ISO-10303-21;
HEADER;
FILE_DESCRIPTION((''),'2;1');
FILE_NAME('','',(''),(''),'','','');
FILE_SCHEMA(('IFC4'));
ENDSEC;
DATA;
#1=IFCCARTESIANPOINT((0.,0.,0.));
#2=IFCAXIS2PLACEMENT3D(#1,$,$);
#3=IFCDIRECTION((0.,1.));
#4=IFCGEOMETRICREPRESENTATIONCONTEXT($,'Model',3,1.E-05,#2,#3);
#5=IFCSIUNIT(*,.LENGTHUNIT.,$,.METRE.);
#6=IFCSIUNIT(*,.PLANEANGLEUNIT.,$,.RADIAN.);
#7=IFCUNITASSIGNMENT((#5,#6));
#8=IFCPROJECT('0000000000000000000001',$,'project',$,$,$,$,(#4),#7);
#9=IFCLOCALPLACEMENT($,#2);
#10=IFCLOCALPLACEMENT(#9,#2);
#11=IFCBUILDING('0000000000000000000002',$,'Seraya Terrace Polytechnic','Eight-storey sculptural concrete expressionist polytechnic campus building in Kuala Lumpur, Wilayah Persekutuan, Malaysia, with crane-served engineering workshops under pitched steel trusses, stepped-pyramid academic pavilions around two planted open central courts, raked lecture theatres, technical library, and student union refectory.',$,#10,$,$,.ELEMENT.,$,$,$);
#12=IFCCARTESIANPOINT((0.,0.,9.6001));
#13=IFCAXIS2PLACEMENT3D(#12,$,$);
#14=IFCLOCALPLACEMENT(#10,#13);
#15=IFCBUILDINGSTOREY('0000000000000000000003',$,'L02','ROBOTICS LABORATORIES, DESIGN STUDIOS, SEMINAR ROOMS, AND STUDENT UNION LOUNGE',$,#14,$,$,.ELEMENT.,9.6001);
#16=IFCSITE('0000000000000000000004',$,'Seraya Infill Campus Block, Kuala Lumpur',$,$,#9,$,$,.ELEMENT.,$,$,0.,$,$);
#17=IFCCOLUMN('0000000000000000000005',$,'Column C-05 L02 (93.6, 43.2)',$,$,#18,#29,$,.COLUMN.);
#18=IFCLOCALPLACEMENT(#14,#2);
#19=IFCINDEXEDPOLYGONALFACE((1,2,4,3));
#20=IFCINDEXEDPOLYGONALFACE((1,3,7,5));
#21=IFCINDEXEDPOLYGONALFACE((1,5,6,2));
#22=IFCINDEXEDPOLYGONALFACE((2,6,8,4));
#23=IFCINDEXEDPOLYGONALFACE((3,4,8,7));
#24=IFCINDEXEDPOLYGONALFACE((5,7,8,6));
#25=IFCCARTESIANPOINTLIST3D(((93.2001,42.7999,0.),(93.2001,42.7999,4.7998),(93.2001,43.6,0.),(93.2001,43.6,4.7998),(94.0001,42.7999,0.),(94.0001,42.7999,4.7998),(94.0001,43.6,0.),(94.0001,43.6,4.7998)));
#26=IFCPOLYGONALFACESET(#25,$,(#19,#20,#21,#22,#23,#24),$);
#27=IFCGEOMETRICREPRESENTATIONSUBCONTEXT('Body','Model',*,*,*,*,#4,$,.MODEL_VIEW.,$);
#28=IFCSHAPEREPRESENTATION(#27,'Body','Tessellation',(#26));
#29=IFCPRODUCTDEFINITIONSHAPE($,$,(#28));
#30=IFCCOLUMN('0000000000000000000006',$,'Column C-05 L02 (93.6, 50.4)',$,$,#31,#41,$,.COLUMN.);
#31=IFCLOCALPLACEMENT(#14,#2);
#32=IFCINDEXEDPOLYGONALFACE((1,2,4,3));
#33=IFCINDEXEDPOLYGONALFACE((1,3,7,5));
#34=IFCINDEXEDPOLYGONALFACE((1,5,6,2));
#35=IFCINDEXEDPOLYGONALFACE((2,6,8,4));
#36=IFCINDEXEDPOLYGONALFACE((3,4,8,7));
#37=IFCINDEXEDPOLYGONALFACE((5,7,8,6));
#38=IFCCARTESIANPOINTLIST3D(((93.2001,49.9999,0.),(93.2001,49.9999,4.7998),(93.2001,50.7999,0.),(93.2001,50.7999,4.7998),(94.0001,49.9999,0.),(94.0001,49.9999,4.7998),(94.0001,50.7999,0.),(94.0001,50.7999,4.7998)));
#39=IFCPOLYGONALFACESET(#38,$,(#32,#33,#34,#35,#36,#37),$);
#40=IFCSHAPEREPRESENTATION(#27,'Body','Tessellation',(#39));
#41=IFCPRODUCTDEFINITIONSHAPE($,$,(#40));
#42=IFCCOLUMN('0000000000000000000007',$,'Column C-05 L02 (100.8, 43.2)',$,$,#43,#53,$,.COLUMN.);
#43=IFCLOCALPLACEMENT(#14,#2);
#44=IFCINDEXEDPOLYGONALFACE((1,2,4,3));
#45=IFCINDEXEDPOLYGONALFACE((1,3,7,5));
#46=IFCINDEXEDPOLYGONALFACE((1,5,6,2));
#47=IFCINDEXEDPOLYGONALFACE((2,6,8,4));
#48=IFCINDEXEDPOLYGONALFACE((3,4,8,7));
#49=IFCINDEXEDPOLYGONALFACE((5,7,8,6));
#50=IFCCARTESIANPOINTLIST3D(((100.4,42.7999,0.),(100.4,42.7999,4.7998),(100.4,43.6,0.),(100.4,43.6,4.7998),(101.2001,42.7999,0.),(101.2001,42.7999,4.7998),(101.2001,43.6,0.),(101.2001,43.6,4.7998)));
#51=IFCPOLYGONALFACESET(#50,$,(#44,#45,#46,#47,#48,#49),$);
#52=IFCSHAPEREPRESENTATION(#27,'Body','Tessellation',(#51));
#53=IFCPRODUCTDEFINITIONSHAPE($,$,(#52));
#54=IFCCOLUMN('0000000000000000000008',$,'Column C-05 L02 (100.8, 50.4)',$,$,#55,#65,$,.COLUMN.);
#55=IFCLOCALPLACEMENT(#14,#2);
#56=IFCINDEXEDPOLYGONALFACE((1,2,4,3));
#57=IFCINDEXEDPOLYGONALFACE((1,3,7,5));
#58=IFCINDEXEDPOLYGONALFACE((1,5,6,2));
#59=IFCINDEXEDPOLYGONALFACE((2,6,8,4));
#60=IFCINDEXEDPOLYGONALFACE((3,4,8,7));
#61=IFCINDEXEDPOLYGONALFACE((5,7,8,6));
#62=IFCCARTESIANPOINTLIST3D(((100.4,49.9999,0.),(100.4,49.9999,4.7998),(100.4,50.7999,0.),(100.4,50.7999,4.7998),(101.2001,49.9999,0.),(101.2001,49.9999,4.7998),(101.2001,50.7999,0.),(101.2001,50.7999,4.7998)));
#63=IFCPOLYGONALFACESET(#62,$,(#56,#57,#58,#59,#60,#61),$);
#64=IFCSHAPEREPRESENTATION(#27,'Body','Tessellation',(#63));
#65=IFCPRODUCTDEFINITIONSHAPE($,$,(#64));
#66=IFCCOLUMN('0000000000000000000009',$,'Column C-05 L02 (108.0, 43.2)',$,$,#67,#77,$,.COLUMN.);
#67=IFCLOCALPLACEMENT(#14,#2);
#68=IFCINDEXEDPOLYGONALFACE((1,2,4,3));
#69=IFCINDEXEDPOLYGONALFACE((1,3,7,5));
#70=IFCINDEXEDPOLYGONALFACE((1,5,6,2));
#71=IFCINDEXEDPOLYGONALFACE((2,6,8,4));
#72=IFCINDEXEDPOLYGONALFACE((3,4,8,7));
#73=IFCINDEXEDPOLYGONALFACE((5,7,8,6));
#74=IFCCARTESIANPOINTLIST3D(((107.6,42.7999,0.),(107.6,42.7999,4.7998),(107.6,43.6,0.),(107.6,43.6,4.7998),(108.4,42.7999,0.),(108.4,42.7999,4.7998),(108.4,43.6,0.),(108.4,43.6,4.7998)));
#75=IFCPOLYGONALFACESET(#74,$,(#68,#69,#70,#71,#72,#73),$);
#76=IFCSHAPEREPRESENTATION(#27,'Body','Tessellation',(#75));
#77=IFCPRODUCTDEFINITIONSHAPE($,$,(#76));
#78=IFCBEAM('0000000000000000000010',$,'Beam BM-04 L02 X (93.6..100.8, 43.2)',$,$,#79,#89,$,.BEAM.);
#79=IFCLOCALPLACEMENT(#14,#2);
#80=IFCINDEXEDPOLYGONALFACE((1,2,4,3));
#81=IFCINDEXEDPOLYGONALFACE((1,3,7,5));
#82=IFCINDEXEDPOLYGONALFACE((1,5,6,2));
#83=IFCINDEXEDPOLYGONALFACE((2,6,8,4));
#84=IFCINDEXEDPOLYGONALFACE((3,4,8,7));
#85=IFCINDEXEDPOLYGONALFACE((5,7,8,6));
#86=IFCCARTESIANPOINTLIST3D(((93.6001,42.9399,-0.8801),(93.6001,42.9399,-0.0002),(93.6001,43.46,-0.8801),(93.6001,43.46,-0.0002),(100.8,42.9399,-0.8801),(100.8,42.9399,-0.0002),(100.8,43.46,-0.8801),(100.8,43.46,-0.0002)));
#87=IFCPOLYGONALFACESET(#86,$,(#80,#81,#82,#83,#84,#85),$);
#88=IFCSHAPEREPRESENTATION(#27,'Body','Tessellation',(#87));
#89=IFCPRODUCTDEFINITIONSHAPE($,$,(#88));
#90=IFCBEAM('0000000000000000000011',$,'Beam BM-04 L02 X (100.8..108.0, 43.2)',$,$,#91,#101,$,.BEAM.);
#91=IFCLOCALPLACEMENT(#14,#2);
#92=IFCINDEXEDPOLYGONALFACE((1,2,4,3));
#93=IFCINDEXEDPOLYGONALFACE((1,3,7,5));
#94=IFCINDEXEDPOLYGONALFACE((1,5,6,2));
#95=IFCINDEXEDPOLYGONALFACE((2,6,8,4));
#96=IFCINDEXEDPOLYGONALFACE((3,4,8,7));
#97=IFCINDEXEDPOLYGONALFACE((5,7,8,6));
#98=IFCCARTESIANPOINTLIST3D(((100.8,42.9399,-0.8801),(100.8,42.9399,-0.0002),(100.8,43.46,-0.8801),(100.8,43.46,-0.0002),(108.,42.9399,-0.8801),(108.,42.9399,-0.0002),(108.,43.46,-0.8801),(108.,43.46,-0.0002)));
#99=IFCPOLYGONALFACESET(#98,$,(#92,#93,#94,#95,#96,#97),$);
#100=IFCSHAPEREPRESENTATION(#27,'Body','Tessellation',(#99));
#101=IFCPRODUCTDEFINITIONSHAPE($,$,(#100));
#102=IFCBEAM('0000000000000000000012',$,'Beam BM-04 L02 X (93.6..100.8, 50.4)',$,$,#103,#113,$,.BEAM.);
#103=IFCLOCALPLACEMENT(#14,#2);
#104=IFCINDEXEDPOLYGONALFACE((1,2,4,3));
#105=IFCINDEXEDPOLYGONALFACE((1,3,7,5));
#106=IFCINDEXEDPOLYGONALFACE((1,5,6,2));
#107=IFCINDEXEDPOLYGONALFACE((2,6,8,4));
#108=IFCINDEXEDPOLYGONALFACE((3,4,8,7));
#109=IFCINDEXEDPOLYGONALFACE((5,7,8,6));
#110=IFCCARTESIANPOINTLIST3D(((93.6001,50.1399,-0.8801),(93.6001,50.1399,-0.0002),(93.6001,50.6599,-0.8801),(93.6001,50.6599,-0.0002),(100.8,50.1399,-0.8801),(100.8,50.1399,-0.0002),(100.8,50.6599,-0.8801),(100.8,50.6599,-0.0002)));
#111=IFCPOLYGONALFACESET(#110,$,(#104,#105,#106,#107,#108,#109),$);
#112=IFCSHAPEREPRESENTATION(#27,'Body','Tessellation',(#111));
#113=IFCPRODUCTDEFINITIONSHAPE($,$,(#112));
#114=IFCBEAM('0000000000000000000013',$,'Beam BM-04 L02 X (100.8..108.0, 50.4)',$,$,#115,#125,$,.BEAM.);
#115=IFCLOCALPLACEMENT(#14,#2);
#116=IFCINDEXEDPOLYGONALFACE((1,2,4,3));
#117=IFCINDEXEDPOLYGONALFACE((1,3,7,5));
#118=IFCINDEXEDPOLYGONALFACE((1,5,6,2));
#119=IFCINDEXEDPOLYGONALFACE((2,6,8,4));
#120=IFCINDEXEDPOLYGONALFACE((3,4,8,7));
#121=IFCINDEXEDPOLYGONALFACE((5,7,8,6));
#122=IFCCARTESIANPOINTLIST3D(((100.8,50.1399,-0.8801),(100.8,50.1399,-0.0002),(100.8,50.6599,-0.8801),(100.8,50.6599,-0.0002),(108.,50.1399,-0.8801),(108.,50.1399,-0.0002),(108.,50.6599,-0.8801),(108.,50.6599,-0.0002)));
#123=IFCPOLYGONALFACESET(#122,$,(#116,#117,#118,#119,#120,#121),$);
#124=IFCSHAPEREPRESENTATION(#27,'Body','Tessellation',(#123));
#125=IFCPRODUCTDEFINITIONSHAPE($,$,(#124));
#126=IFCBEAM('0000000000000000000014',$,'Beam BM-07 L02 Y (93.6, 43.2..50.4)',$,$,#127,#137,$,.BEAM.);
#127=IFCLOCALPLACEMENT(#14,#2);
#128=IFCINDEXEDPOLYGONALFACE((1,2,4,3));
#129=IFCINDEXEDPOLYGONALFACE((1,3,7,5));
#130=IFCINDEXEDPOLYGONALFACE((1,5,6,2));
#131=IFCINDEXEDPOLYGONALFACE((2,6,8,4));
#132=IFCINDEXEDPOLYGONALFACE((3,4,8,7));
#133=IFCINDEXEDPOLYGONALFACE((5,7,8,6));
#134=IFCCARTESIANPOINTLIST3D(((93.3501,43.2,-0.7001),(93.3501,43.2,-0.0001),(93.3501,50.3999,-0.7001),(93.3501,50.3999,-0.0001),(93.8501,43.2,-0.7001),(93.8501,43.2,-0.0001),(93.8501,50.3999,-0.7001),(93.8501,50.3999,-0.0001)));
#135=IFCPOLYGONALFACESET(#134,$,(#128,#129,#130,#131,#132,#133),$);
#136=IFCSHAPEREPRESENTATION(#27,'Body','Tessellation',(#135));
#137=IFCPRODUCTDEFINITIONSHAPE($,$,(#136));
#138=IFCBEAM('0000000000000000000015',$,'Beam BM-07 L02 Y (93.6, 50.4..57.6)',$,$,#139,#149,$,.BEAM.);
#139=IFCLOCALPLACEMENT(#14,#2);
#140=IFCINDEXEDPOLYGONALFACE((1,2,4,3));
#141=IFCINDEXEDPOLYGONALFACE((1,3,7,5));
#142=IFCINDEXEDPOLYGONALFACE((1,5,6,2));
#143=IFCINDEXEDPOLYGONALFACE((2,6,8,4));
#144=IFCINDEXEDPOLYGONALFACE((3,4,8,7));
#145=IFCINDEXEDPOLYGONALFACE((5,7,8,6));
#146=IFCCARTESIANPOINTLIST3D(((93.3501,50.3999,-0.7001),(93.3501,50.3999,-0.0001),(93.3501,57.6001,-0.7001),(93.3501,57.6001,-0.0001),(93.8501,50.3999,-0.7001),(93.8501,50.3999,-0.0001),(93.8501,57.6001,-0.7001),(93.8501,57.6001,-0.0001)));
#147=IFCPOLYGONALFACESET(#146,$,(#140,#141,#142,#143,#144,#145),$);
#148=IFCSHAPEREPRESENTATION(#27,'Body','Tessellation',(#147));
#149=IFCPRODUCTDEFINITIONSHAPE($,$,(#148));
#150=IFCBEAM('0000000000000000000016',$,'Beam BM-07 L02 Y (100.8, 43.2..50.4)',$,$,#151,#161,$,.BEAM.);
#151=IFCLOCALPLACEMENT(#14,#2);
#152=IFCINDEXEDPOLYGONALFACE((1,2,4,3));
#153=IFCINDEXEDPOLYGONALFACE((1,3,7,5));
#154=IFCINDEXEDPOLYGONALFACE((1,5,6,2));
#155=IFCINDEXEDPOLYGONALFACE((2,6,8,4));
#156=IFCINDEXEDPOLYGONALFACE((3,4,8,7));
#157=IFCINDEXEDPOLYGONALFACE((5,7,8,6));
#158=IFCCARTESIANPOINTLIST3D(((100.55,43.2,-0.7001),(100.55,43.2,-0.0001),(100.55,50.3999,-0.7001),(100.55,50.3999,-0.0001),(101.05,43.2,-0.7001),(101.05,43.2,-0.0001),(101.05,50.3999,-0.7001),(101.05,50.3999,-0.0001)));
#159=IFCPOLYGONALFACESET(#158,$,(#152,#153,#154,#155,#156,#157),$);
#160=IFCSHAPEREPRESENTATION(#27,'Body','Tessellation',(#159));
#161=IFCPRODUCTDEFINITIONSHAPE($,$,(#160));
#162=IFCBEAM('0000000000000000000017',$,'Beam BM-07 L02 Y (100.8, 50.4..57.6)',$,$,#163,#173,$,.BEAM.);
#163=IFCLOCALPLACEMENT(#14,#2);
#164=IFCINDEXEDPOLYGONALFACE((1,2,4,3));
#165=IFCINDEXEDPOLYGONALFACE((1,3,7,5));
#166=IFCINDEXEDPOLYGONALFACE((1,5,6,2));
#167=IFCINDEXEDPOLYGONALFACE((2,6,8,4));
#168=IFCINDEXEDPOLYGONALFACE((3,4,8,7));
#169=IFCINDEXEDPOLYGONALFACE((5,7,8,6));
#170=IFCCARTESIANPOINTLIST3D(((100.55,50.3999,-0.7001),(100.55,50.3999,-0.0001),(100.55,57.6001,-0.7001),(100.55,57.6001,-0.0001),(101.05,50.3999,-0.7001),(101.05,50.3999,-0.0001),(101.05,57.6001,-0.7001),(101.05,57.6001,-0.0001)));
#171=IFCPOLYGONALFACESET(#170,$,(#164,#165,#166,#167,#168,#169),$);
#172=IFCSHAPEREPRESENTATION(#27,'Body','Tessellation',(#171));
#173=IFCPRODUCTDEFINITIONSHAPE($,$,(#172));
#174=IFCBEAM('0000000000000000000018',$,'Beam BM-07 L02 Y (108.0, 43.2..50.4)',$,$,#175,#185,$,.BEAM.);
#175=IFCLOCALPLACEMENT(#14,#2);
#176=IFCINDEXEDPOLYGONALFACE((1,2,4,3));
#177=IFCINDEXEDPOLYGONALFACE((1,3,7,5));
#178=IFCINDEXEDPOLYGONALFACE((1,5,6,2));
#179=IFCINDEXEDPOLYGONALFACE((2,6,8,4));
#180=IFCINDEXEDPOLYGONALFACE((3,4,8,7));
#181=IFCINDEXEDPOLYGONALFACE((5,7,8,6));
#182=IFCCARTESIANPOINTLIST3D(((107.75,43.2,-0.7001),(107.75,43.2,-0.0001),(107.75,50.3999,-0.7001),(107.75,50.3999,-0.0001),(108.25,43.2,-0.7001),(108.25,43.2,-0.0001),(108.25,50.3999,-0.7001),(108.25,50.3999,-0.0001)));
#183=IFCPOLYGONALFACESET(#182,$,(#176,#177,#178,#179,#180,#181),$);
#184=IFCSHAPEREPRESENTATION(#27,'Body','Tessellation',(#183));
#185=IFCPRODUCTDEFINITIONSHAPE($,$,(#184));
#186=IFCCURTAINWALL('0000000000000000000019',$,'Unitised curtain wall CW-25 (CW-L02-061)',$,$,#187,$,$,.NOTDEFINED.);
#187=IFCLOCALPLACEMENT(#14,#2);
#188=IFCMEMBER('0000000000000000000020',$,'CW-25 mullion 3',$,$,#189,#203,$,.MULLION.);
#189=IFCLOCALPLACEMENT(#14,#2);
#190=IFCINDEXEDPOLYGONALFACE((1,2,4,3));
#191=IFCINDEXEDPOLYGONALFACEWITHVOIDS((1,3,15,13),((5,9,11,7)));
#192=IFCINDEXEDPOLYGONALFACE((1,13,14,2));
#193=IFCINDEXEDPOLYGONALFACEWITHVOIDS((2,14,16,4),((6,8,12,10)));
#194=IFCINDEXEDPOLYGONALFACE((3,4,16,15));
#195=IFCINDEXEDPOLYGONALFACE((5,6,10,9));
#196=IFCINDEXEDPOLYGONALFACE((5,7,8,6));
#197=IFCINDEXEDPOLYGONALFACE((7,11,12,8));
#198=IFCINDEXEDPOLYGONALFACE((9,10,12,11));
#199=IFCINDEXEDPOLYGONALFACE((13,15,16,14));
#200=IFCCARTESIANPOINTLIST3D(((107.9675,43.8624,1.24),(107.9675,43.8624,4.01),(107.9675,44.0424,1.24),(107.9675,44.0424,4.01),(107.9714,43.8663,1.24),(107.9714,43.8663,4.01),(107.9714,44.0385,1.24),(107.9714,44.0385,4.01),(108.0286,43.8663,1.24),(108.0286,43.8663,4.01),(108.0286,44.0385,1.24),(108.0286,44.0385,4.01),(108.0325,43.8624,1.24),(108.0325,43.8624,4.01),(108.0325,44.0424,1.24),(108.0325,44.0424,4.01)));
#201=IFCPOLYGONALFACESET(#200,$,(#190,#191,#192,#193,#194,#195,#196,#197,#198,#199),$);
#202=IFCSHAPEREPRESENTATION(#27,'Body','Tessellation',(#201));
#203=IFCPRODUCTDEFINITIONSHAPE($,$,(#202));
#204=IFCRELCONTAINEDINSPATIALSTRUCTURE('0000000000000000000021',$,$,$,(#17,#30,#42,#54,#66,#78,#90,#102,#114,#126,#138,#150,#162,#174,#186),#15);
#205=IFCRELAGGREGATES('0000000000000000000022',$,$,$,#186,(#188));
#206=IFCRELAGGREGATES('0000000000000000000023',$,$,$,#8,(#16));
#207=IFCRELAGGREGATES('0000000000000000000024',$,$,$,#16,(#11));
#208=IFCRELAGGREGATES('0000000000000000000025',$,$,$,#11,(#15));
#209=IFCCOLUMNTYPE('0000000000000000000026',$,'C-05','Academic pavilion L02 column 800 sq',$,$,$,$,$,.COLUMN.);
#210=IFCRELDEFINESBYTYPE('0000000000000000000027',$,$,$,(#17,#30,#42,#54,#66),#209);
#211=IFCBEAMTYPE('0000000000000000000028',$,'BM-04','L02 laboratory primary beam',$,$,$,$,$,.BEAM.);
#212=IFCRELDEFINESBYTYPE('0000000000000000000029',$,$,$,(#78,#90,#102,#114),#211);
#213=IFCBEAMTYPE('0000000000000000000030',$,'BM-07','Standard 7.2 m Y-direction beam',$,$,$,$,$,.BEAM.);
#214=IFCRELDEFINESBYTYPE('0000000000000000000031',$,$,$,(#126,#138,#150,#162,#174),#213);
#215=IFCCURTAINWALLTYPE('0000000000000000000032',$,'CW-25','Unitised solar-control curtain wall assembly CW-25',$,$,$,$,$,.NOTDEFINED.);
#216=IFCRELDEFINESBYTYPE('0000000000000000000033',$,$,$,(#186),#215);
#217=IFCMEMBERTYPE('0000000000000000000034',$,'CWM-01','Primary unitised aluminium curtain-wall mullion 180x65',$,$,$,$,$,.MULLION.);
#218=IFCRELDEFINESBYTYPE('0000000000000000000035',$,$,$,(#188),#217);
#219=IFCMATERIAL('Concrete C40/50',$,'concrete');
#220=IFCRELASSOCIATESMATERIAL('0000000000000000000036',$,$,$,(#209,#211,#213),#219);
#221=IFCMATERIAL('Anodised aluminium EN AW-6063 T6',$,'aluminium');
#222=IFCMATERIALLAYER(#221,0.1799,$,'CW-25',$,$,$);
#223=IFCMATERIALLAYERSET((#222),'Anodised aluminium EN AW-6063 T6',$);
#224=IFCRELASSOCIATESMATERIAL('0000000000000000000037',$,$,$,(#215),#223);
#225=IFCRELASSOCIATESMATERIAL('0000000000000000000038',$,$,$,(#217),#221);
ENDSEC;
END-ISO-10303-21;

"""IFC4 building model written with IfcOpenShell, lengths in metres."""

from ifc_helpers import new_model, si_unit, direction, frame, origin, origin_2d, place, context, subcontext, project, spatial, rectangle, hollow_rectangle, extrude, material, layer, layer_set, material_profile, profile_set, type_object, element, aggregate, save


model = new_model("IFC4")

# Units and contexts
model_context = context("Model", 3, precision=1e-05, world=origin(), true_north=direction((0.0, 1.0)))
body_context = subcontext(model_context, "Body", "Model", "MODEL_VIEW")
ifc_project = project(units=[si_unit("LENGTHUNIT", "METRE"), si_unit("PLANEANGLEUNIT", "RADIAN")], contexts=[model_context])

# Site, building, storey
site_placement = place(None, origin())
site = spatial("IfcSite", under=ifc_project, at=site_placement, Name="Seraya Infill Campus Block, Kuala Lumpur", CompositionType="ELEMENT", RefElevation=0.0)
building_placement = place(site_placement, origin())
building = spatial("IfcBuilding", under=site, at=building_placement, Name="Seraya Terrace Polytechnic", Description="Eight-storey sculptural concrete expressionist polytechnic campus building in Kuala Lumpur, Wilayah Persekutuan, Malaysia, with crane-served engineering workshops under pitched steel trusses, stepped-pyramid academic pavilions around two planted open central courts, raked lecture theatres, technical library, and student union refectory.", CompositionType="ELEMENT")
storey_placement = place(building_placement, frame((0.0, 0.0, 9.6001)))
storey = spatial("IfcBuildingStorey", under=building, at=storey_placement, Name="L02", Description="ROBOTICS LABORATORIES, DESIGN STUDIOS, SEMINAR ROOMS, AND STUDENT UNION LOUNGE", CompositionType="ELEMENT", Elevation=9.6001)

# Columns
ifc_material_1 = material(Name="Concrete C40/50", Category="concrete")
ifc_material_profile_1 = material_profile(ifc_material_1, rectangle(XDim=0.8, YDim=0.8, at=origin_2d()), Name="RC 800x800")
ifc_profile_set_1 = profile_set([ifc_material_profile_1], Name="Concrete C40/50")
column_type = type_object("IfcColumnType", Name="C-05", Description="Academic pavilion L02 column 800 sq", PredefinedType="COLUMN", material=ifc_profile_set_1)
for number, where, z_axis, x_axis, name in (
    (1, (93.6001, 43.2, 0.0), (0.0, 0.0, 1.0), (1.0, 0.0, 0.0), "Column C-05 L02 (93.6, 43.2)"),
    (2, (93.6001, 50.3999, 0.0), (0.0, 0.0, 1.0), (1.0, 0.0, 0.0), "Column C-05 L02 (93.6, 50.4)"),
    (3, (100.8, 43.2, 0.0), (0.0, 0.0, 1.0), (1.0, 0.0, 0.0), "Column C-05 L02 (100.8, 43.2)"),
    (4, (100.8, 50.3999, 0.0), (0.0, 0.0, 1.0), (1.0, 0.0, 0.0), "Column C-05 L02 (100.8, 50.4)"),
    (5, (108.0, 43.2, 0.0), (0.0, 0.0, 1.0), (1.0, 0.0, 0.0), "Column C-05 L02 (108.0, 43.2)"),
):
    element("IfcColumn", number, at=place(storey_placement, frame(where, z_axis=z_axis, x_axis=x_axis)), inside=storey, type_object=column_type, Name=name, PredefinedType="COLUMN", context=body_context, shape_type="SweptSolid", body=[
        extrude(rectangle(XDim=0.8, YDim=0.8, at=origin_2d()), origin(), (0.0, 0.0, 1.0), 4.7998),
    ])

# Beams
ifc_material_profile_2 = material_profile(ifc_material_1, rectangle(XDim=0.52, YDim=0.8799, at=origin_2d()), Name="RC 520x880")
ifc_profile_set_2 = profile_set([ifc_material_profile_2], Name="Concrete C40/50")
beam_type_1 = type_object("IfcBeamType", Name="BM-04", Description="L02 laboratory primary beam", PredefinedType="BEAM", material=ifc_profile_set_2)
for number, where, z_axis, x_axis, name in (
    (6, (93.6001, 43.2, -0.4402), (1.0, 0.0, 0.0), (0.0, 1.0, 0.0), "Beam BM-04 L02 X (93.6..100.8, 43.2)"),
    (7, (100.8, 43.2, -0.4402), (1.0, 0.0, 0.0), (0.0, 1.0, 0.0), "Beam BM-04 L02 X (100.8..108.0, 43.2)"),
    (8, (93.6001, 50.3999, -0.4402), (1.0, 0.0, 0.0), (0.0, 1.0, 0.0), "Beam BM-04 L02 X (93.6..100.8, 50.4)"),
    (9, (100.8, 50.3999, -0.4402), (1.0, 0.0, 0.0), (0.0, 1.0, 0.0), "Beam BM-04 L02 X (100.8..108.0, 50.4)"),
):
    element("IfcBeam", number, at=place(storey_placement, frame(where, z_axis=z_axis, x_axis=x_axis)), inside=storey, type_object=beam_type_1, Name=name, PredefinedType="BEAM", context=body_context, shape_type="SweptSolid", body=[
        extrude(rectangle(XDim=0.52, YDim=0.8799, at=origin_2d()), origin(), (0.0, 0.0, 1.0), 7.2),
    ])
ifc_material_profile_3 = material_profile(ifc_material_1, rectangle(XDim=0.5, YDim=0.7, at=origin_2d()), Name="RC 500x700")
ifc_profile_set_3 = profile_set([ifc_material_profile_3], Name="Concrete C40/50")
beam_type_2 = type_object("IfcBeamType", Name="BM-07", Description="Standard 7.2 m Y-direction beam", PredefinedType="BEAM", material=ifc_profile_set_3)
beam_1_placement = place(storey_placement, frame((93.6001, 43.2, -0.3501), z_axis=(0.0, 1.0, 0.0), x_axis=(-1.0, 0.0, 0.0)))
element("IfcBeam", 10, at=beam_1_placement, inside=storey, type_object=beam_type_2, Name="Beam BM-07 L02 Y (93.6, 43.2..50.4)", PredefinedType="BEAM", context=body_context, shape_type="SweptSolid", body=[
    extrude(rectangle(XDim=0.5, YDim=0.7, at=origin_2d()), origin(), (0.0, 0.0, 1.0), 7.2),
])
beam_2_placement = place(storey_placement, frame((93.6001, 50.3999, -0.3501), z_axis=(0.0, 1.0, 0.0), x_axis=(-1.0, 0.0, 0.0)))
element("IfcBeam", 11, at=beam_2_placement, inside=storey, type_object=beam_type_2, Name="Beam BM-07 L02 Y (93.6, 50.4..57.6)", PredefinedType="BEAM", context=body_context, shape_type="SweptSolid", body=[
    extrude(rectangle(XDim=0.5, YDim=0.7, at=origin_2d()), origin(), (0.0, 0.0, 1.0), 7.2002),
])
beam_3_placement = place(storey_placement, frame((100.8, 43.2, -0.3501), z_axis=(0.0, 1.0, 0.0), x_axis=(-1.0, 0.0, 0.0)))
element("IfcBeam", 12, at=beam_3_placement, inside=storey, type_object=beam_type_2, Name="Beam BM-07 L02 Y (100.8, 43.2..50.4)", PredefinedType="BEAM", context=body_context, shape_type="SweptSolid", body=[
    extrude(rectangle(XDim=0.5, YDim=0.7, at=origin_2d()), origin(), (0.0, 0.0, 1.0), 7.2),
])
beam_4_placement = place(storey_placement, frame((100.8, 50.3999, -0.3501), z_axis=(0.0, 1.0, 0.0), x_axis=(-1.0, 0.0, 0.0)))
element("IfcBeam", 13, at=beam_4_placement, inside=storey, type_object=beam_type_2, Name="Beam BM-07 L02 Y (100.8, 50.4..57.6)", PredefinedType="BEAM", context=body_context, shape_type="SweptSolid", body=[
    extrude(rectangle(XDim=0.5, YDim=0.7, at=origin_2d()), origin(), (0.0, 0.0, 1.0), 7.2002),
])
beam_5_placement = place(storey_placement, frame((108.0, 43.2, -0.3501), z_axis=(0.0, 1.0, 0.0), x_axis=(-1.0, 0.0, 0.0)))
element("IfcBeam", 14, at=beam_5_placement, inside=storey, type_object=beam_type_2, Name="Beam BM-07 L02 Y (108.0, 43.2..50.4)", PredefinedType="BEAM", context=body_context, shape_type="SweptSolid", body=[
    extrude(rectangle(XDim=0.5, YDim=0.7, at=origin_2d()), origin(), (0.0, 0.0, 1.0), 7.2),
])

# Curtain wall, member
ifc_material_2 = material(Name="Anodised aluminium EN AW-6063 T6", Category="aluminium")
ifc_layer_1 = layer(ifc_material_2, 0.1799, Name="CW-25")
ifc_layer_set_1 = layer_set([ifc_layer_1], Name="Anodised aluminium EN AW-6063 T6")
curtain_wall_type = type_object("IfcCurtainWallType", Name="CW-25", Description="Unitised solar-control curtain wall assembly CW-25", PredefinedType="NOTDEFINED", material=ifc_layer_set_1)
curtain_wall_placement = place(storey_placement, origin())
curtain_wall = element("IfcCurtainWall", 15, at=curtain_wall_placement, inside=storey, type_object=curtain_wall_type, Name="Unitised curtain wall CW-25 (CW-L02-061)", PredefinedType="NOTDEFINED")
ifc_material_profile_4 = material_profile(ifc_material_2, hollow_rectangle(XDim=0.0649, YDim=0.1799, WallThickness=0.0039, at=origin_2d()), Name="RHS 180x65x4.0")
ifc_profile_set_4 = profile_set([ifc_material_profile_4], Name="Anodised aluminium EN AW-6063 T6")
member_type = type_object("IfcMemberType", Name="CWM-01", Description="Primary unitised aluminium curtain-wall mullion 180x65", PredefinedType="MULLION", material=ifc_profile_set_4)
member_placement = place(storey_placement, frame((108.0, 43.9524, 1.24), z_axis=(0.0, 0.0, 1.0), x_axis=(1.0, 0.0, 0.0)))
member = element("IfcMember", 16, at=member_placement, type_object=member_type, Name="CW-25 mullion 3", PredefinedType="MULLION", context=body_context, shape_type="SweptSolid", body=[
    extrude(hollow_rectangle(XDim=0.0649, YDim=0.1799, WallThickness=0.0039, at=origin_2d()), origin(), (0.0, 0.0, 1.0), 2.77),
])

aggregate(curtain_wall, [member])

save(model, "model.ifc")
